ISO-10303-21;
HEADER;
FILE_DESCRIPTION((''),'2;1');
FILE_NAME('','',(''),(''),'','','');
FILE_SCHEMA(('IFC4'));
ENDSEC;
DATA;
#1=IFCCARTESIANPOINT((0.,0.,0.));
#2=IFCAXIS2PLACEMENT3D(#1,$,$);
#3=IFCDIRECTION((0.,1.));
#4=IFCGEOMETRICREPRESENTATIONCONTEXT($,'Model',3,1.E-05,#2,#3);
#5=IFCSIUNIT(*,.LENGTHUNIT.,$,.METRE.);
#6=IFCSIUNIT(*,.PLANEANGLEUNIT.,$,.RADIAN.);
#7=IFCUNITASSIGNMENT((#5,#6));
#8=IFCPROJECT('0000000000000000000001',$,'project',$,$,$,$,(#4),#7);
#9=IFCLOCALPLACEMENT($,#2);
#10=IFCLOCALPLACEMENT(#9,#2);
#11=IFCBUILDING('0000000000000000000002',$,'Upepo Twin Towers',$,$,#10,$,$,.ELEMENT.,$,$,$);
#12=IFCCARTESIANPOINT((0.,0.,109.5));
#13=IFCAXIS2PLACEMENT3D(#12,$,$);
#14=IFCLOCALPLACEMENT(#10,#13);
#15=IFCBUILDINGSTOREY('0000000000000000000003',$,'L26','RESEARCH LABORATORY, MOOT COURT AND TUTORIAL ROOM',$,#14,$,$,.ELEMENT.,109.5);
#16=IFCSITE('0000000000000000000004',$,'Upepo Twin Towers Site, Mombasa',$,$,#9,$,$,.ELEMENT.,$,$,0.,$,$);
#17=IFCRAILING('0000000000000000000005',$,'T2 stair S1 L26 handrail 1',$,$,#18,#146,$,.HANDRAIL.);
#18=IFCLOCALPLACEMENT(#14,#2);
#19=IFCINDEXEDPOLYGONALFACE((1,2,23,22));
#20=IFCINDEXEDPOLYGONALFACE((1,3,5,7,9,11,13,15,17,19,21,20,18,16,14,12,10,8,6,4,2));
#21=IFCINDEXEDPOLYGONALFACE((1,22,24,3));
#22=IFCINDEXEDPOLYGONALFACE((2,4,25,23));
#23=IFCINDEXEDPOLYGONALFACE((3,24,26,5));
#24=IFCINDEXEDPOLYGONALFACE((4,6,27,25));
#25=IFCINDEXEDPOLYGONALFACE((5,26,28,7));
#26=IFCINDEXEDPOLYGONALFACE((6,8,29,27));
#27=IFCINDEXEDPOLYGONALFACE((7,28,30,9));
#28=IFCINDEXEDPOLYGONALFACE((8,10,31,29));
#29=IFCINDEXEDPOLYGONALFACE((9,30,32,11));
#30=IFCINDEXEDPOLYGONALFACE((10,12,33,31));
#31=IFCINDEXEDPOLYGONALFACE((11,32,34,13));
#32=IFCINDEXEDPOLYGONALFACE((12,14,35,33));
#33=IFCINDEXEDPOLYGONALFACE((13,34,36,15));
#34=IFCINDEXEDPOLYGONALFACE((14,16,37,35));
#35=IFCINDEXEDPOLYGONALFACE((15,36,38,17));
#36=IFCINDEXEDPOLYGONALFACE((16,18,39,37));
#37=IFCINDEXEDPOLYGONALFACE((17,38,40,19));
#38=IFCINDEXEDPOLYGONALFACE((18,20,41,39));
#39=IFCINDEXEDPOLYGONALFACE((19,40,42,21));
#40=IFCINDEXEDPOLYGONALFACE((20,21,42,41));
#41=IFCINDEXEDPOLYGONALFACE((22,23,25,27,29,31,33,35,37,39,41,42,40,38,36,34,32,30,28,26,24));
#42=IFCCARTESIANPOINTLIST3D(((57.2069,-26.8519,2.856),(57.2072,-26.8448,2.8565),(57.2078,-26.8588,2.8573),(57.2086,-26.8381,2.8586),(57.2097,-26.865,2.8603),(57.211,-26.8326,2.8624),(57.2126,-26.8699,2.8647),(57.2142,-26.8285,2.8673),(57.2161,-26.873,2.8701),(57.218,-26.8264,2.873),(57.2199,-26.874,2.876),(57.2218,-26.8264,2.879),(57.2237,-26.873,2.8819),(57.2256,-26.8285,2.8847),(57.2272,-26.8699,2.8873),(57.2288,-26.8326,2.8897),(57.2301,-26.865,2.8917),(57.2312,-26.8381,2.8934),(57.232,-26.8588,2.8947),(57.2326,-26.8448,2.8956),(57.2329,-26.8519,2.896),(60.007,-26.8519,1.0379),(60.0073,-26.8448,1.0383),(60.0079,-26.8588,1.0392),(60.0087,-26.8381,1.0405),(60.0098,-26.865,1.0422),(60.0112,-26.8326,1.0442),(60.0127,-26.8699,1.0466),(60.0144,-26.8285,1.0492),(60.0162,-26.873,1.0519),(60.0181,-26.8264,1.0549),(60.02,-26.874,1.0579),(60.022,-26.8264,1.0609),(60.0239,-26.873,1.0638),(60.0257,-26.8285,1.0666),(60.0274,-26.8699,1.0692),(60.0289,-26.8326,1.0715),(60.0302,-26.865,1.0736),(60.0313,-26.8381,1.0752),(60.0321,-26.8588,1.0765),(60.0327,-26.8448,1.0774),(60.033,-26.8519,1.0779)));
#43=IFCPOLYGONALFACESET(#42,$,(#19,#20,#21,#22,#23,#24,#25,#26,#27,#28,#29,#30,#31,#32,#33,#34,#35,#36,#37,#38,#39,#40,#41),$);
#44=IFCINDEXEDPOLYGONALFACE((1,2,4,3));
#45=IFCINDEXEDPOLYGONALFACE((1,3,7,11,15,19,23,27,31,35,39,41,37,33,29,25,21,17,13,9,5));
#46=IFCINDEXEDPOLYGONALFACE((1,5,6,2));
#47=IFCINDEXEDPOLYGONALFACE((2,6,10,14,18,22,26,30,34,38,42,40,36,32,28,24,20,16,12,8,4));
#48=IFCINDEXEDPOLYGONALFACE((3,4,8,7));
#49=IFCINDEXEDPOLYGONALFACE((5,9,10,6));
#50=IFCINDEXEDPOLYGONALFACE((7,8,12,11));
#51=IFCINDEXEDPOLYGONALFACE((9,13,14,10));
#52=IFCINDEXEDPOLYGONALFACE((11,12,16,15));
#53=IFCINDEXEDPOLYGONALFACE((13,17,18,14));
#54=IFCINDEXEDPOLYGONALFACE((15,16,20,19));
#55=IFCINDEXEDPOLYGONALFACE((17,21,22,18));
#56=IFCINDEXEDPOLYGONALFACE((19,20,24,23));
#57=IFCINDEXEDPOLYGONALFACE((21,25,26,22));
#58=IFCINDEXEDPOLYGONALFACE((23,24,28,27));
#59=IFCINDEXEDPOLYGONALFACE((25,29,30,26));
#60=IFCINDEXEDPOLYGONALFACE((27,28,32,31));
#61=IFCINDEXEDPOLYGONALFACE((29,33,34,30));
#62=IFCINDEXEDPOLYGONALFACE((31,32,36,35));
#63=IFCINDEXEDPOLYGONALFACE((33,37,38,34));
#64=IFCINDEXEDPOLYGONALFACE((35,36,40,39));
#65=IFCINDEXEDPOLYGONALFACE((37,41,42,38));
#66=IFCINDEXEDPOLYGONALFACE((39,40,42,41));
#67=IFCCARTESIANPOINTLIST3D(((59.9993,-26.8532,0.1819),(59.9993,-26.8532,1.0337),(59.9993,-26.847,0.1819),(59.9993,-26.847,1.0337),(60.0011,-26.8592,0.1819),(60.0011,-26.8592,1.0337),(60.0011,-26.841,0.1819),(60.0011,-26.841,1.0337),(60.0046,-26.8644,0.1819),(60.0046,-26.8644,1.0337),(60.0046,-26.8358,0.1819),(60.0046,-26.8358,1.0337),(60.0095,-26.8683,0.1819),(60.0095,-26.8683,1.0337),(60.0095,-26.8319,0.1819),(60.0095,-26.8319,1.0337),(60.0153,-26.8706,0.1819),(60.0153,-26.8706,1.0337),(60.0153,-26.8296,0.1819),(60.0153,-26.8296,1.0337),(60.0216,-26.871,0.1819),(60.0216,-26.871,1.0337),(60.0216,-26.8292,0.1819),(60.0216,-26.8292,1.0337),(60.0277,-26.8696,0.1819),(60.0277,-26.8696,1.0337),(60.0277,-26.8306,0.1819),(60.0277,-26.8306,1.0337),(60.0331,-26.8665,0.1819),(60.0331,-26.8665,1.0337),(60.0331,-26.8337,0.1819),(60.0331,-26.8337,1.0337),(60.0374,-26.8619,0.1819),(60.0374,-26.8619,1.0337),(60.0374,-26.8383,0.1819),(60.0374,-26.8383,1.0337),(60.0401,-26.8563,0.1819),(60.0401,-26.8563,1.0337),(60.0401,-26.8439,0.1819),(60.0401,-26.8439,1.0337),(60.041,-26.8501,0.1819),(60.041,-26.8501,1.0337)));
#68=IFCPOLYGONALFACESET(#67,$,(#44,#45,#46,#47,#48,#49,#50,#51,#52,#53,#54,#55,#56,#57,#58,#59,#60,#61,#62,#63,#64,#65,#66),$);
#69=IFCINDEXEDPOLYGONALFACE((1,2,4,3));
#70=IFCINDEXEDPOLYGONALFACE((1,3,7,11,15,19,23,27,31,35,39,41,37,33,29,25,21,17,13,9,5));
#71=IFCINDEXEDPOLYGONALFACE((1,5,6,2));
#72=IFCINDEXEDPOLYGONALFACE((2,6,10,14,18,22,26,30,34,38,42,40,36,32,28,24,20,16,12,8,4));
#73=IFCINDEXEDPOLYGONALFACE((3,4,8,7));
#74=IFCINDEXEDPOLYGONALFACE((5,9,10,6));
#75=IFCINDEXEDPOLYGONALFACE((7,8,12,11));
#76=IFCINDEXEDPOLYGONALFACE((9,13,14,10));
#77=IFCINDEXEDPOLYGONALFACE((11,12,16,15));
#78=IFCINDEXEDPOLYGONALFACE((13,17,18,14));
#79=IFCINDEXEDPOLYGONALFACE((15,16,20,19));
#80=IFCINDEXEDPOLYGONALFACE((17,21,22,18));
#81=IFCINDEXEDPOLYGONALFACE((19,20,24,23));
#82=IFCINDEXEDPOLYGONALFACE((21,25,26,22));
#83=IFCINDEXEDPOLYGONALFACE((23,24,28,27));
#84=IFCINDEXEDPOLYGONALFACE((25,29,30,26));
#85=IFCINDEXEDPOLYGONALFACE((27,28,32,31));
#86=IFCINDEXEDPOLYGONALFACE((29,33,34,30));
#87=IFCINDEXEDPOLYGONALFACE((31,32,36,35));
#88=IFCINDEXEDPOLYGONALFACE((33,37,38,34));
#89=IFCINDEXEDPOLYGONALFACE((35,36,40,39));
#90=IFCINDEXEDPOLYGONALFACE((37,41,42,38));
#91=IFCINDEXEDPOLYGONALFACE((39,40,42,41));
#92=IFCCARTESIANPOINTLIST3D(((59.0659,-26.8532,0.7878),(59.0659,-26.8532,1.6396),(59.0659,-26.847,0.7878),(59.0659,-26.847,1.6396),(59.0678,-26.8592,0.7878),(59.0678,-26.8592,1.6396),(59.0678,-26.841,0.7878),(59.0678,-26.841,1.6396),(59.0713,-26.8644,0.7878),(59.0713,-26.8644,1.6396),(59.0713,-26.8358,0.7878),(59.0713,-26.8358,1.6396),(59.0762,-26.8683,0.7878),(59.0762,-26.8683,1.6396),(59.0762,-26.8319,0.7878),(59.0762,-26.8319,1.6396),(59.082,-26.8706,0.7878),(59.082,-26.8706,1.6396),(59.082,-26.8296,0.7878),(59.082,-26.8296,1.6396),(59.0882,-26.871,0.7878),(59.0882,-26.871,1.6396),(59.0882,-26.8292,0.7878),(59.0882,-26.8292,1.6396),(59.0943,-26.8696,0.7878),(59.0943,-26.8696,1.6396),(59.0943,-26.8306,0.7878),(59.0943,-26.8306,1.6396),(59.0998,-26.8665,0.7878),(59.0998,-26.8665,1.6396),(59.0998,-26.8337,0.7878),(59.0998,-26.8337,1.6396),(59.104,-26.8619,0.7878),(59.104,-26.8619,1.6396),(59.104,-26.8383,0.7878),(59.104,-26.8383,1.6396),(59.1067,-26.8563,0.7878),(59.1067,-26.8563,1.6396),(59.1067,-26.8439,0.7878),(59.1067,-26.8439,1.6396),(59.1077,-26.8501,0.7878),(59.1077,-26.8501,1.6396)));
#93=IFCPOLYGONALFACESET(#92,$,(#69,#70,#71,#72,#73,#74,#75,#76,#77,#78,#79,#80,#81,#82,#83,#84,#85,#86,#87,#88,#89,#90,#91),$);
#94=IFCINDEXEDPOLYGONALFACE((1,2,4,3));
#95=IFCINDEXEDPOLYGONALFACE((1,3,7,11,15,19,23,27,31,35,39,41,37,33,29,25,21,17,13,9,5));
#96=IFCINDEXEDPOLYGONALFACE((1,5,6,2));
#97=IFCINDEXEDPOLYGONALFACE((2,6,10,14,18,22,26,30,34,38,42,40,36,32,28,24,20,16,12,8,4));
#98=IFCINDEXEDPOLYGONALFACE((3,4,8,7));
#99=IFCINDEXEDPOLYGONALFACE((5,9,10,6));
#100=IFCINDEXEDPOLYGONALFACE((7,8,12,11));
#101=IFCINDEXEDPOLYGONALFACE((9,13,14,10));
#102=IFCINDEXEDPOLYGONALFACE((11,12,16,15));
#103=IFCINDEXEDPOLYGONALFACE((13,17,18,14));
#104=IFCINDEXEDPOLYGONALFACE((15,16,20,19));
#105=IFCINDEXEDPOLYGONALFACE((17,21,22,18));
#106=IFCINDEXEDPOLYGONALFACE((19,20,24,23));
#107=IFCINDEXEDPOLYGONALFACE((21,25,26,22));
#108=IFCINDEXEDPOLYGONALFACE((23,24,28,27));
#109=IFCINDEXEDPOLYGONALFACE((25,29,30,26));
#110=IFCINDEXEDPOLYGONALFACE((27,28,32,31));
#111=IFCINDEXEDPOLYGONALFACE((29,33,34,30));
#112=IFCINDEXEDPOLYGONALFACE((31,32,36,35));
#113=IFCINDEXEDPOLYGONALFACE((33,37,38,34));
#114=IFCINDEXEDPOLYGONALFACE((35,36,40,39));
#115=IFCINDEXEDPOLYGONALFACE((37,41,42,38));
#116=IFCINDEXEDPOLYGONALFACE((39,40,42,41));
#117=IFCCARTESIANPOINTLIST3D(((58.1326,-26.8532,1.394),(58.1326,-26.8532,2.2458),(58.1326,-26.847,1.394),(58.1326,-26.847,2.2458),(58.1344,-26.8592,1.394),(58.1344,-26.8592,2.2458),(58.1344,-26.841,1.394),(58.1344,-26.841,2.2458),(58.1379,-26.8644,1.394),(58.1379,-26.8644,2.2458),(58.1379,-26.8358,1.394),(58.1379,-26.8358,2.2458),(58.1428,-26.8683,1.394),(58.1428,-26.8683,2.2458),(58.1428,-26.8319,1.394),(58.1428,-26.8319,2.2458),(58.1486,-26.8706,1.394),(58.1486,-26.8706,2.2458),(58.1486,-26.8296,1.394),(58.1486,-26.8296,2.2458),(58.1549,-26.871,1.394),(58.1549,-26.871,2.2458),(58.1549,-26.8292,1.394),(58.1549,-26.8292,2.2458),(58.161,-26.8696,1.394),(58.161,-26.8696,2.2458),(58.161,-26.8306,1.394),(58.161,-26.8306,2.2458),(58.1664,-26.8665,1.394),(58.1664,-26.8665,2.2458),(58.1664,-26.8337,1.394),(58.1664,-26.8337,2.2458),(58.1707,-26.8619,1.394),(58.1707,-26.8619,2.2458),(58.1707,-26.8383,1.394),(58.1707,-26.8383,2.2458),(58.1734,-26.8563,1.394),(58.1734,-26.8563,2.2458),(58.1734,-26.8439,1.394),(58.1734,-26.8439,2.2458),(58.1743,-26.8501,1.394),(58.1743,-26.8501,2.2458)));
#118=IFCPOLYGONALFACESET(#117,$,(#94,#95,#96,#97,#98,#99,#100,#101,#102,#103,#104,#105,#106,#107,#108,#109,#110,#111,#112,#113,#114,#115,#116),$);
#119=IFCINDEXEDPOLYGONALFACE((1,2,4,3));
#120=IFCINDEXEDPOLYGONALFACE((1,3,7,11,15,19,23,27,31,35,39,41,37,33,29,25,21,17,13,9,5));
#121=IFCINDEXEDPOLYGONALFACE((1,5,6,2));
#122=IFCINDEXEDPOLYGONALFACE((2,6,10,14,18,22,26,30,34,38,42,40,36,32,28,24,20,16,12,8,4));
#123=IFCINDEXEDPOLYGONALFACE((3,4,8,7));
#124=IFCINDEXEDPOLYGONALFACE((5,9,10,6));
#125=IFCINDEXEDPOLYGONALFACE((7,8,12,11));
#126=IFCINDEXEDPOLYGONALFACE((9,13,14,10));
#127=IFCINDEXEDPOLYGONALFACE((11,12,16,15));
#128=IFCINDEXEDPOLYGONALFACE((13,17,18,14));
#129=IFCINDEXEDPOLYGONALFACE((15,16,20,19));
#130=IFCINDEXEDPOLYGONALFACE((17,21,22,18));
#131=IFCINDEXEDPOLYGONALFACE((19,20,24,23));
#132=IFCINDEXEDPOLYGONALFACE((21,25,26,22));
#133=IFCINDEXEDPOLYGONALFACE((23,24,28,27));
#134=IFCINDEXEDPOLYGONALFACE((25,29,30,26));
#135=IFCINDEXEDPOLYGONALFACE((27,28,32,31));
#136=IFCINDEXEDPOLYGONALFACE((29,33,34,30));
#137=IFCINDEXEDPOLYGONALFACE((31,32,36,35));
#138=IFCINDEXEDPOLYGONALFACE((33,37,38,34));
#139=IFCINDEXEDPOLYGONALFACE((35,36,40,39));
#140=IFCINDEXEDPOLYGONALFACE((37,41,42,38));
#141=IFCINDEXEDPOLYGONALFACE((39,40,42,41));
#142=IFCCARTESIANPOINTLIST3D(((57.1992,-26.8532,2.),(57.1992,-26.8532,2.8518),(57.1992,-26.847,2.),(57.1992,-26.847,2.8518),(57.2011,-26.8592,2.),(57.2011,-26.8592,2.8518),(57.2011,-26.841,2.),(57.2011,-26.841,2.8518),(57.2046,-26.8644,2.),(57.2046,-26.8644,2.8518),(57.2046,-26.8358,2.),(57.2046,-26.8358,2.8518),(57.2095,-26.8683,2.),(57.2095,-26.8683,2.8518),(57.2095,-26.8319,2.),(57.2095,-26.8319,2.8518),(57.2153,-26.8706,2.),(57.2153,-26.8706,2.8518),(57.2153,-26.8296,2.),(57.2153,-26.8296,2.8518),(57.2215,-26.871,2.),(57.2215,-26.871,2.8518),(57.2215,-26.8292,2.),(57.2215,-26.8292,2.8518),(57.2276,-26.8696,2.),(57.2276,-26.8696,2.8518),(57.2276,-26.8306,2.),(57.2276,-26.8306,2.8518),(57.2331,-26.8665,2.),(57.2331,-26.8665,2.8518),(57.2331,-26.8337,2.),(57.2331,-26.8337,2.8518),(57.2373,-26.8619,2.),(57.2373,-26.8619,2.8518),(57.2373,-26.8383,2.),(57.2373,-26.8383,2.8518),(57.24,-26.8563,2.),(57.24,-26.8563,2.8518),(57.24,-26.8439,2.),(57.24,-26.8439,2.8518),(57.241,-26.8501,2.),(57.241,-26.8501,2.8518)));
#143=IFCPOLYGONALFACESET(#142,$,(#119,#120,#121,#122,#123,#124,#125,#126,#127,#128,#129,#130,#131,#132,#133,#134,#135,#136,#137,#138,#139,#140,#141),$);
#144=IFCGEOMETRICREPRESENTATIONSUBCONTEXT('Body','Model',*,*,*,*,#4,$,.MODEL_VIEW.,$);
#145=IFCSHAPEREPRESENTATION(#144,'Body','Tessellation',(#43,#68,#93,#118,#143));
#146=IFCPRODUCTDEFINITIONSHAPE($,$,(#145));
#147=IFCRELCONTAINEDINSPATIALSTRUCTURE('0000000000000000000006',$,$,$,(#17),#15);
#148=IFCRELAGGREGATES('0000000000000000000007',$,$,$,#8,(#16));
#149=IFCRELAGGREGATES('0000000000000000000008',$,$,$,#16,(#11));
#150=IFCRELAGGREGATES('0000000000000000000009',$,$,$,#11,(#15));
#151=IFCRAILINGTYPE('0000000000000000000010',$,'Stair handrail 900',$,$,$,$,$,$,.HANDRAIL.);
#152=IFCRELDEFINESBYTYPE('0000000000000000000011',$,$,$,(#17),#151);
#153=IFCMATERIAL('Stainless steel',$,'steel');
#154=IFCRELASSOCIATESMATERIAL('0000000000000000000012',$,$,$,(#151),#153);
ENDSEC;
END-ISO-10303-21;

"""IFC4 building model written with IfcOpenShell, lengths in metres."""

from ifc_helpers import new_model, si_unit, direction, frame, origin, origin_2d, place, context, subcontext, project, spatial, circle, extrude, material, type_object, element, save


model = new_model("IFC4")

# Units and contexts
model_context = context("Model", 3, precision=1e-05, world=origin(), true_north=direction((0.0, 1.0)))
body_context = subcontext(model_context, "Body", "Model", "MODEL_VIEW")
ifc_project = project(units=[si_unit("LENGTHUNIT", "METRE"), si_unit("PLANEANGLEUNIT", "RADIAN")], contexts=[model_context])

# Site, building, storey
site_placement = place(None, origin())
site = spatial("IfcSite", under=ifc_project, at=site_placement, Name="Upepo Twin Towers Site, Mombasa", CompositionType="ELEMENT", RefElevation=0.0)
building_placement = place(site_placement, origin())
building = spatial("IfcBuilding", under=site, at=building_placement, Name="Upepo Twin Towers", CompositionType="ELEMENT")
storey_placement = place(building_placement, frame((0.0, 0.0, 109.5)))
storey = spatial("IfcBuildingStorey", under=building, at=storey_placement, Name="L26", Description="RESEARCH LABORATORY, MOOT COURT AND TUTORIAL ROOM", CompositionType="ELEMENT", Elevation=109.5)

# Railing
ifc_material_1 = material(Name="Stainless steel", Category="steel")
railing_type = type_object("IfcRailingType", Name="Stair handrail 900", PredefinedType="HANDRAIL", material=ifc_material_1)
railing_1_placement = place(storey_placement, frame((60.02, -26.8501, 0.1819)))
element("IfcRailing", 1, at=railing_1_placement, inside=storey, type_object=railing_type, Name="T2 stair S1 L26 handrail 1", PredefinedType="HANDRAIL", context=body_context, shape_type="SweptSolid", body=[
    extrude(circle(Radius=0.0239, at=origin_2d()), frame((0.0, 0.0, 0.876), z_axis=(-0.838706, 0.0, 0.544585), x_axis=(0.0, -1.0, 0.0)), (0.0, 0.0, 1.0), 3.3386),
    extrude(circle(Radius=0.021, at=origin_2d()), origin(), (0.0, 0.0, 1.0), 0.8518),
    extrude(circle(Radius=0.021, at=origin_2d()), frame((-0.9333, 0.0, 0.606)), (0.0, 0.0, 1.0), 0.8518),
    extrude(circle(Radius=0.021, at=origin_2d()), frame((-1.8667, 0.0, 1.2122)), (0.0, 0.0, 1.0), 0.8518),
    extrude(circle(Radius=0.021, at=origin_2d()), frame((-2.8, 0.0, 1.8181)), (0.0, 0.0, 1.0), 0.8518),
])

save(model, "model.ifc")
